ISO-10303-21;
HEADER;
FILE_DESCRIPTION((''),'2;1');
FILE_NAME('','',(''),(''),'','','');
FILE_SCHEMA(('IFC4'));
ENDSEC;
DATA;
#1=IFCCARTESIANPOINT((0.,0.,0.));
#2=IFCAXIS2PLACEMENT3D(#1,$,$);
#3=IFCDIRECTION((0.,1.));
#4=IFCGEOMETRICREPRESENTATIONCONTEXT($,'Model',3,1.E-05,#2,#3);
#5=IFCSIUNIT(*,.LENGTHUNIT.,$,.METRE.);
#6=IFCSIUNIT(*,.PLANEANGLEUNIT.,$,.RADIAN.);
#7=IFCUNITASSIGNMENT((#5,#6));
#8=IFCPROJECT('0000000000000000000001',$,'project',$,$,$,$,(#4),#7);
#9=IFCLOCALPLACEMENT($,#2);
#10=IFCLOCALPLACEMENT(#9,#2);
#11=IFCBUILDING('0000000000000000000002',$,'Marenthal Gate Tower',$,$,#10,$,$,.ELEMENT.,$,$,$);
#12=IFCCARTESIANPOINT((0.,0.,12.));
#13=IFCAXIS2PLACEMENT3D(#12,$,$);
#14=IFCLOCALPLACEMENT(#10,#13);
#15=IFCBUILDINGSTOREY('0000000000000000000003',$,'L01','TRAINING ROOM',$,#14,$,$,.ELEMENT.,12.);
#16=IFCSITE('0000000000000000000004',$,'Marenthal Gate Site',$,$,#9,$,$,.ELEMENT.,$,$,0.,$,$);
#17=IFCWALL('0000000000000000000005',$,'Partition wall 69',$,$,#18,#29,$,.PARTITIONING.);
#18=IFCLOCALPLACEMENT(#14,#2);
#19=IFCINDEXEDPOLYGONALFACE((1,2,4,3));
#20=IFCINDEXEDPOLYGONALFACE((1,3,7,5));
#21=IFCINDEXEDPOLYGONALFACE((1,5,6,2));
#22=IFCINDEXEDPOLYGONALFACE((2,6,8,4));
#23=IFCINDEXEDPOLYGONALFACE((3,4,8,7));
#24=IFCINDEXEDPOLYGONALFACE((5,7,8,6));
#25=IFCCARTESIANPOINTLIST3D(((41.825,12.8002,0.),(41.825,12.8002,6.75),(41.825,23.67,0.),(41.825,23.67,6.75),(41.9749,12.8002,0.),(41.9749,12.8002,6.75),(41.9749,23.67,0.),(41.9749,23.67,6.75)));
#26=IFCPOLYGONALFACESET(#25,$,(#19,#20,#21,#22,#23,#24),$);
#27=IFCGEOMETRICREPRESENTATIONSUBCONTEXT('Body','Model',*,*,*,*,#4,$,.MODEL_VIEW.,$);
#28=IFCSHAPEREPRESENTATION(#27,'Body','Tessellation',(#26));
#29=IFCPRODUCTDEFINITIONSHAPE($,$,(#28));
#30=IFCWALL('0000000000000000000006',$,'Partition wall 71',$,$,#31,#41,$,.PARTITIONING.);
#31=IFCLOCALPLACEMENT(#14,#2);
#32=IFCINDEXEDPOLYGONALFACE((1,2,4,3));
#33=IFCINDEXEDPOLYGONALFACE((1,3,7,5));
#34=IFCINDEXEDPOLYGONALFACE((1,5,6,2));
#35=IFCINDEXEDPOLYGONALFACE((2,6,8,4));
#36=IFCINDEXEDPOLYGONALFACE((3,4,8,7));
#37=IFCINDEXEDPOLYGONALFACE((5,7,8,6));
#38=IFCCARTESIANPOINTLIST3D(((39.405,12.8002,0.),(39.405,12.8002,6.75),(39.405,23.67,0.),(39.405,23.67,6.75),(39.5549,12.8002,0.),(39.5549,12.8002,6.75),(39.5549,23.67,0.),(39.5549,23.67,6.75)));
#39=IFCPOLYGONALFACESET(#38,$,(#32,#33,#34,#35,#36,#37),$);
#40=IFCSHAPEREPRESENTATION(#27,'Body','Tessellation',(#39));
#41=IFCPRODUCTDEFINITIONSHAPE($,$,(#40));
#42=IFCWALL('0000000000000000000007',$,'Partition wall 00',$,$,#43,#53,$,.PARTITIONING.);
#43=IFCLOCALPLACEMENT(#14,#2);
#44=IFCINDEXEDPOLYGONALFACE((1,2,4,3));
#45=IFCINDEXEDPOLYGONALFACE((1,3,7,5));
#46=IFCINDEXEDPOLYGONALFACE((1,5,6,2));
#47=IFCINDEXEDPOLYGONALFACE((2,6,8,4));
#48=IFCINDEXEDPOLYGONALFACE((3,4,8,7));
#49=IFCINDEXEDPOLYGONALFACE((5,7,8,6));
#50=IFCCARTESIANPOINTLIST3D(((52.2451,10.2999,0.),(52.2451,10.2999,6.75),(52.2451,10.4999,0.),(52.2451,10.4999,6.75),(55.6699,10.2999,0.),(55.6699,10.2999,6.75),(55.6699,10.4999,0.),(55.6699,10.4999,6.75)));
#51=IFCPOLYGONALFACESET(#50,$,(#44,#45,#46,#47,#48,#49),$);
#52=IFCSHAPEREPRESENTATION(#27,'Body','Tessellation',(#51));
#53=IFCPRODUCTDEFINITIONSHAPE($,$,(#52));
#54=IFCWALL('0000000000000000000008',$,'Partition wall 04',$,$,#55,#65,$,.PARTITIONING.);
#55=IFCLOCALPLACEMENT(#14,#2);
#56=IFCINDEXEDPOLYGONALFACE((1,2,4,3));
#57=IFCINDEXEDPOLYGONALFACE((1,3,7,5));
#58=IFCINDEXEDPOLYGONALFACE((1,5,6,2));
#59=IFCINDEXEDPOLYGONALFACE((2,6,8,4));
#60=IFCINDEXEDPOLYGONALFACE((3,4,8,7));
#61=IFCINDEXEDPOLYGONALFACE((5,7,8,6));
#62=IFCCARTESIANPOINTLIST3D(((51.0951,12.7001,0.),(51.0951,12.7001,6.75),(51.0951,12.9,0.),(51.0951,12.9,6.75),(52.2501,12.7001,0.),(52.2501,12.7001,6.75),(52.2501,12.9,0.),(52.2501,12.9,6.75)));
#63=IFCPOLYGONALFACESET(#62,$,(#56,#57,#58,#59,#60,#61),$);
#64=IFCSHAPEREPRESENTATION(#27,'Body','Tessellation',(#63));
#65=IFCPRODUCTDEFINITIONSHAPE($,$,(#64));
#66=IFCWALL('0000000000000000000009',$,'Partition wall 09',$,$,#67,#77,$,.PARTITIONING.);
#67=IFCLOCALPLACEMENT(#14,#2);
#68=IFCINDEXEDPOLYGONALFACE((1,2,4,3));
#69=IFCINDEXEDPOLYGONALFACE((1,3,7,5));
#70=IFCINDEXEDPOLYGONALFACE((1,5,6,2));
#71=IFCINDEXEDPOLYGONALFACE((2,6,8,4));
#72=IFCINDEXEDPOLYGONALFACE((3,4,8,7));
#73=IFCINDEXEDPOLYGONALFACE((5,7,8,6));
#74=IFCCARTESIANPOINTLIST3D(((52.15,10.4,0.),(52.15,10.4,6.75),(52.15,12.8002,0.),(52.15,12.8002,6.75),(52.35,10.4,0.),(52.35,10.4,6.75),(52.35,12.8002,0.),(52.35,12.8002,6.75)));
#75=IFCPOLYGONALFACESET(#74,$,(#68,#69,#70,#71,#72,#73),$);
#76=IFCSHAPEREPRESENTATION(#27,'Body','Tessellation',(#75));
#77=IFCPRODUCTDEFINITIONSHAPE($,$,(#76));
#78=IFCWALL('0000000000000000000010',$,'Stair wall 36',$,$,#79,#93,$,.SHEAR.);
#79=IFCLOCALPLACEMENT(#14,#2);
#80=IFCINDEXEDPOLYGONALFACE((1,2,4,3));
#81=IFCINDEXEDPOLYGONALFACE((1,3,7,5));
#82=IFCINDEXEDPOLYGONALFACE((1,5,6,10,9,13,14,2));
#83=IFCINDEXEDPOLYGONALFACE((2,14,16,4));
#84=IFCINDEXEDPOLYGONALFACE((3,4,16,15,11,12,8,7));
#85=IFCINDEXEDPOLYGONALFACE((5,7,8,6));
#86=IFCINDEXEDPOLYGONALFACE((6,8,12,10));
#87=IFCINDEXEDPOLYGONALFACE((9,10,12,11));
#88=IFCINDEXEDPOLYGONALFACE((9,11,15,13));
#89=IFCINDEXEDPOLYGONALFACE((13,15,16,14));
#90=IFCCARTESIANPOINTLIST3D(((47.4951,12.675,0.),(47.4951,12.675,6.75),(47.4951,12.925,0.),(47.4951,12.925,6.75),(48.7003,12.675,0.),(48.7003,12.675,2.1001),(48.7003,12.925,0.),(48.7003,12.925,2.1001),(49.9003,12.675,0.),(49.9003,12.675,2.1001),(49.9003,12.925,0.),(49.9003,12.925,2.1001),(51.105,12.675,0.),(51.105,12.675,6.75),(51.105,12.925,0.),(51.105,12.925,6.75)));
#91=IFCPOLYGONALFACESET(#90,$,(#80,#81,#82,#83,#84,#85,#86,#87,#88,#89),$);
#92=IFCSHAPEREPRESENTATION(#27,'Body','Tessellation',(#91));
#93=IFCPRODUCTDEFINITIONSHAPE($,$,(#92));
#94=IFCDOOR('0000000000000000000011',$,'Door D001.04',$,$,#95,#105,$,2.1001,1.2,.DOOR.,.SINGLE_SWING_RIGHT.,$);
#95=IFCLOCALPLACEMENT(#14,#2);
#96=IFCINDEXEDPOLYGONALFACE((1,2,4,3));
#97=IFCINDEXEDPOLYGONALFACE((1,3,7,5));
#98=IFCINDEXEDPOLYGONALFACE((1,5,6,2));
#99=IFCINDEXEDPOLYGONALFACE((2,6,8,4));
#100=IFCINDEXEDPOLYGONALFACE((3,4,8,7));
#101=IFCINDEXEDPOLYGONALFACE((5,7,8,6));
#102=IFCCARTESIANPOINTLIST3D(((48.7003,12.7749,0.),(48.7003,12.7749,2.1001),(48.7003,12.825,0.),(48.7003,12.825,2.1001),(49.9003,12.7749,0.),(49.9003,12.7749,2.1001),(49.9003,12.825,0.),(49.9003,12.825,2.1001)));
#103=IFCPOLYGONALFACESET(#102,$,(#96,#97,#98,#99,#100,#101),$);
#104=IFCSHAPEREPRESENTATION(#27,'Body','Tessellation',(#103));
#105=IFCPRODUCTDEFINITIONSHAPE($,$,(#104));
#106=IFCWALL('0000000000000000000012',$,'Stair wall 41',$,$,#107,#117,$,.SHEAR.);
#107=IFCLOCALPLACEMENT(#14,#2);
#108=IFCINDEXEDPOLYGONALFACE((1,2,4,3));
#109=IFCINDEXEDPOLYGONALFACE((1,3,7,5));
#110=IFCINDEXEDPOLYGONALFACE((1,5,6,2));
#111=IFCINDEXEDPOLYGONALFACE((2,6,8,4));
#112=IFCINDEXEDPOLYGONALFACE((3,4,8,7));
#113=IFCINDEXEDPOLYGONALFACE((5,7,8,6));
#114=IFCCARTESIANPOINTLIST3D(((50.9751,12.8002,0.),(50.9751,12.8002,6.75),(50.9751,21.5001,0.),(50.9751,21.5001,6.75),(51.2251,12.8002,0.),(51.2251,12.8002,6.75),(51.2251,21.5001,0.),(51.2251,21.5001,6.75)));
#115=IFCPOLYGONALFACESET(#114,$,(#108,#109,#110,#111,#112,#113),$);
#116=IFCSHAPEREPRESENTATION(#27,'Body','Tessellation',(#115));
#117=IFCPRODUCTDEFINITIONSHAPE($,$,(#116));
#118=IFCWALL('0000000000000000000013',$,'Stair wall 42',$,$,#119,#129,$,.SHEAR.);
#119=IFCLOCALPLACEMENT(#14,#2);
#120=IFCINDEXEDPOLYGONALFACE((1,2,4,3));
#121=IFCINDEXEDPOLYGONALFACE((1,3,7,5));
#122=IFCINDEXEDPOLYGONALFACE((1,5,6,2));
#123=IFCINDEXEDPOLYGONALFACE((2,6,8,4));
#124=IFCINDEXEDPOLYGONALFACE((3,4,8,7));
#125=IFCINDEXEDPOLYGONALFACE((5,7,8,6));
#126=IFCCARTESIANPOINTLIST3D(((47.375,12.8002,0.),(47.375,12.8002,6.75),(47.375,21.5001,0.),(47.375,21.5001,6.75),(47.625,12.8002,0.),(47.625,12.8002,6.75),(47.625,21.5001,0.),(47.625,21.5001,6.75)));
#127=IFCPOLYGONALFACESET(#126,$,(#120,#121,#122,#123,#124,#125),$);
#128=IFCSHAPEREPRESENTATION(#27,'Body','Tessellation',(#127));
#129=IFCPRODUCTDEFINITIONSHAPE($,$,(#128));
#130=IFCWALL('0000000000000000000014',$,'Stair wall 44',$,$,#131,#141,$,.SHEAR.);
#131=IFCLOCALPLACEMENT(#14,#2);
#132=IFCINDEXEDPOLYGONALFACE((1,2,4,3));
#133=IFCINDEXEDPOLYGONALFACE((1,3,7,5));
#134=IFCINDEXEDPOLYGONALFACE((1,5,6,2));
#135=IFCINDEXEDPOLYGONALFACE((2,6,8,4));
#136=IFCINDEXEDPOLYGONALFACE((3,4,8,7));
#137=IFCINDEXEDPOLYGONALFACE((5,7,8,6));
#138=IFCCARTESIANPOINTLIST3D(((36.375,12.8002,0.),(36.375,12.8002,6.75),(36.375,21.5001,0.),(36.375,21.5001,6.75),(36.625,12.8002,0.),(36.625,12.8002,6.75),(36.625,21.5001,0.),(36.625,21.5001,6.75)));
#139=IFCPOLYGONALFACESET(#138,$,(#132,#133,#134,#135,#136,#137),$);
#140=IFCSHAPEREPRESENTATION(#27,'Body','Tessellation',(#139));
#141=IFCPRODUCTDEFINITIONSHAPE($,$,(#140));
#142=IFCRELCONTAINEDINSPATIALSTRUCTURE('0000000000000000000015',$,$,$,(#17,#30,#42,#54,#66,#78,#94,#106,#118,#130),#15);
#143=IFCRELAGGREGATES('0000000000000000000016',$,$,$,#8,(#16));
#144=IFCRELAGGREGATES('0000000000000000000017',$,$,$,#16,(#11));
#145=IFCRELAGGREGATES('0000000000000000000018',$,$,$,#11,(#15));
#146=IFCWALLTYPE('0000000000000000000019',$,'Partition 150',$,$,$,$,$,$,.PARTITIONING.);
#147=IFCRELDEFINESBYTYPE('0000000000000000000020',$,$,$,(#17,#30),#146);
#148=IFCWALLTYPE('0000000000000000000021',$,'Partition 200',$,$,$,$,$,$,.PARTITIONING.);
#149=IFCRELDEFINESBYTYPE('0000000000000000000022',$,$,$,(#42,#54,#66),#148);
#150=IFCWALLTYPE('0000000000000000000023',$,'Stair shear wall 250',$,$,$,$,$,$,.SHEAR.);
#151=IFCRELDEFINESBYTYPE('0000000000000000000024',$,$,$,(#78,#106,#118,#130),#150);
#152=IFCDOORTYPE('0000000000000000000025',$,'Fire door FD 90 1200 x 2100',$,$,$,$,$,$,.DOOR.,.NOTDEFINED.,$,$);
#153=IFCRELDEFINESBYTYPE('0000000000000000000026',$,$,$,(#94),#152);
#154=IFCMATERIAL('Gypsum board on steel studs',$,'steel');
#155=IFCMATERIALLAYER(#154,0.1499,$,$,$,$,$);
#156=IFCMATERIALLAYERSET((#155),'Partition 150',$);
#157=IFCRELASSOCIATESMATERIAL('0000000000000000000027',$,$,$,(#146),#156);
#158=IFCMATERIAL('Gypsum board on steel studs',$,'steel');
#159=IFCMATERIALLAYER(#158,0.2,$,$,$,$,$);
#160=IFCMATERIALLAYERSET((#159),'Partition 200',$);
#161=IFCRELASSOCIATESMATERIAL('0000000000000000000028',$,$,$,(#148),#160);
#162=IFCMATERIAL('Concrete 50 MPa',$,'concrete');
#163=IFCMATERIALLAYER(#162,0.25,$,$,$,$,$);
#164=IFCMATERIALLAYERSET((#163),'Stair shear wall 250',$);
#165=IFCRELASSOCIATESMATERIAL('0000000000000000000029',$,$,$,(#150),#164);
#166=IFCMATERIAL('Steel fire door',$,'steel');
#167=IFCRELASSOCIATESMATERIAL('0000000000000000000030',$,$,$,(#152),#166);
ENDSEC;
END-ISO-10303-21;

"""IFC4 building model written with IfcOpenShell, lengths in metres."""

from ifc_helpers import new_model, si_unit, direction, frame, frame_2d, origin, place, context, subcontext, project, spatial, rectangle, extrude, material, layer, layer_set, type_object, element, fill, save


model = new_model("IFC4")

# Units and contexts
model_context = context("Model", 3, precision=1e-05, world=origin(), true_north=direction((0.0, 1.0)))
body_context = subcontext(model_context, "Body", "Model", "MODEL_VIEW")
ifc_project = project(units=[si_unit("LENGTHUNIT", "METRE"), si_unit("PLANEANGLEUNIT", "RADIAN")], contexts=[model_context])

# Site, building, storey
site_placement = place(None, origin())
site = spatial("IfcSite", under=ifc_project, at=site_placement, Name="Marenthal Gate Site", CompositionType="ELEMENT", RefElevation=0.0)
building_placement = place(site_placement, origin())
building = spatial("IfcBuilding", under=site, at=building_placement, Name="Marenthal Gate Tower", CompositionType="ELEMENT")
storey_placement = place(building_placement, frame((0.0, 0.0, 12.0)))
storey = spatial("IfcBuildingStorey", under=building, at=storey_placement, Name="L01", Description="TRAINING ROOM", CompositionType="ELEMENT", Elevation=12.0)

# Shared definitions
ifc_material_1 = material(Name="Gypsum board on steel studs", Category="steel")
ifc_layer_1 = layer(ifc_material_1, 0.1499)
ifc_layer_set_1 = layer_set([ifc_layer_1], Name="Partition 150")
wall_type_1 = type_object("IfcWallType", Name="Partition 150", PredefinedType="PARTITIONING", material=ifc_layer_set_1)

# Walls
for number, where, z_axis, x_axis, name in (
    (1, (41.8999, 12.8, 0.0), (0.0, 0.0, 1.0), (0.0, 1.0, 0.0), "Partition wall 69"),
    (2, (39.48, 12.8, 0.0), (0.0, 0.0, 1.0), (0.0, 1.0, 0.0), "Partition wall 71"),
):
    element("IfcWall", number, at=place(storey_placement, frame(where, z_axis=z_axis, x_axis=x_axis)), inside=storey, type_object=wall_type_1, Name=name, PredefinedType="PARTITIONING", context=body_context, shape_type="SweptSolid", body=[
        extrude(rectangle(XDim=10.8699, YDim=0.1499, at=frame_2d((5.4351, 0.0))), origin(), (0.0, 0.0, 1.0), 6.75),
    ])
ifc_material_2 = material(Name="Gypsum board on steel studs", Category="steel")
ifc_layer_2 = layer(ifc_material_2, 0.2)
ifc_layer_set_2 = layer_set([ifc_layer_2], Name="Partition 200")
wall_type_2 = type_object("IfcWallType", Name="Partition 200", PredefinedType="PARTITIONING", material=ifc_layer_set_2)
wall_1_placement = place(storey_placement, frame((52.2451, 10.3999, 0.0), z_axis=(0.0, 0.0, 1.0), x_axis=(1.0, 0.0, 0.0)))
element("IfcWall", 3, at=wall_1_placement, inside=storey, type_object=wall_type_2, Name="Partition wall 00", PredefinedType="PARTITIONING", context=body_context, shape_type="SweptSolid", body=[
    extrude(rectangle(XDim=3.4248, YDim=0.2, at=frame_2d((1.7124, 0.0))), origin(), (0.0, 0.0, 1.0), 6.75),
])
wall_2_placement = place(storey_placement, frame((51.095, 12.8, 0.0), z_axis=(0.0, 0.0, 1.0), x_axis=(1.0, 0.0, 0.0)))
element("IfcWall", 4, at=wall_2_placement, inside=storey, type_object=wall_type_2, Name="Partition wall 04", PredefinedType="PARTITIONING", context=body_context, shape_type="SweptSolid", body=[
    extrude(rectangle(XDim=1.155, YDim=0.2, at=frame_2d((0.5776, 0.0))), origin(), (0.0, 0.0, 1.0), 6.75),
])
wall_3_placement = place(storey_placement, frame((52.25, 10.3999, 0.0), z_axis=(0.0, 0.0, 1.0), x_axis=(0.0, 1.0, 0.0)))
element("IfcWall", 5, at=wall_3_placement, inside=storey, type_object=wall_type_2, Name="Partition wall 09", PredefinedType="PARTITIONING", context=body_context, shape_type="SweptSolid", body=[
    extrude(rectangle(XDim=2.4001, YDim=0.2, at=frame_2d((1.2002, 0.0))), origin(), (0.0, 0.0, 1.0), 6.75),
])

# Wall, opening, door
ifc_material_3 = material(Name="Concrete 50 MPa", Category="concrete")
ifc_layer_3 = layer(ifc_material_3, 0.25)
ifc_layer_set_3 = layer_set([ifc_layer_3], Name="Stair shear wall 250")
wall_type_3 = type_object("IfcWallType", Name="Stair shear wall 250", PredefinedType="SHEAR", material=ifc_layer_set_3)
wall_4_placement = place(storey_placement, frame((47.4951, 12.8, 0.0), z_axis=(0.0, 0.0, 1.0), x_axis=(1.0, 0.0, 0.0)))
wall_4 = element("IfcWall", 6, at=wall_4_placement, inside=storey, type_object=wall_type_3, Name="Stair wall 36", PredefinedType="SHEAR", context=body_context, shape_type="SweptSolid", body=[
    extrude(rectangle(XDim=3.6099, YDim=0.25, at=frame_2d((1.8049, 0.0))), origin(), (0.0, 0.0, 1.0), 6.75),
])
opening_1_placement = place(wall_4_placement, frame((1.2051, 0.0, 0.0)))
opening_1 = element("IfcOpeningElement", 7, at=opening_1_placement, cuts=wall_4, PredefinedType="OPENING", context=body_context, shape_type="SweptSolid", body=[
    extrude(rectangle(XDim=1.2, YDim=2.1001, at=frame_2d((0.6001, 1.05))), frame((0.0, 0.135, 0.0), z_axis=(0.0, -1.0, 0.0), x_axis=(1.0, 0.0, 0.0)), (0.0, 0.0, 1.0), 0.27),
])
ifc_material_4 = material(Name="Steel fire door", Category="steel")
door_type_1 = type_object("IfcDoorType", Name="Fire door FD 90 1200 x 2100", OperationType="NOTDEFINED", PredefinedType="DOOR", material=ifc_material_4)
door_1_placement = place(opening_1_placement, origin())
door_1 = element("IfcDoor", 8, at=door_1_placement, inside=storey, type_object=door_type_1, Name="Door D001.04", OperationType="SINGLE_SWING_RIGHT", OverallHeight=2.1001, OverallWidth=1.2, PredefinedType="DOOR", context=body_context, shape_type="SweptSolid", body=[
    extrude(rectangle(XDim=1.2, YDim=2.1001, at=frame_2d((0.6001, 1.05))), frame((0.0, 0.0249, 0.0), z_axis=(0.0, -1.0, 0.0), x_axis=(1.0, 0.0, 0.0)), (0.0, 0.0, 1.0), 0.05),
])
fill(opening_1, door_1)

# Walls
for number, where, z_axis, x_axis, name in (
    (9, (51.1001, 12.8, 0.0), (0.0, 0.0, 1.0), (0.0, 1.0, 0.0), "Stair wall 41"),
    (10, (47.5, 12.8, 0.0), (0.0, 0.0, 1.0), (0.0, 1.0, 0.0), "Stair wall 42"),
    (11, (36.5, 12.8, 0.0), (0.0, 0.0, 1.0), (0.0, 1.0, 0.0), "Stair wall 44"),
):
    element("IfcWall", number, at=place(storey_placement, frame(where, z_axis=z_axis, x_axis=x_axis)), inside=storey, type_object=wall_type_3, Name=name, PredefinedType="SHEAR", context=body_context, shape_type="SweptSolid", body=[
        extrude(rectangle(XDim=8.7, YDim=0.25, at=frame_2d((4.3501, 0.0))), origin(), (0.0, 0.0, 1.0), 6.75),
    ])

save(model, "model.ifc")
